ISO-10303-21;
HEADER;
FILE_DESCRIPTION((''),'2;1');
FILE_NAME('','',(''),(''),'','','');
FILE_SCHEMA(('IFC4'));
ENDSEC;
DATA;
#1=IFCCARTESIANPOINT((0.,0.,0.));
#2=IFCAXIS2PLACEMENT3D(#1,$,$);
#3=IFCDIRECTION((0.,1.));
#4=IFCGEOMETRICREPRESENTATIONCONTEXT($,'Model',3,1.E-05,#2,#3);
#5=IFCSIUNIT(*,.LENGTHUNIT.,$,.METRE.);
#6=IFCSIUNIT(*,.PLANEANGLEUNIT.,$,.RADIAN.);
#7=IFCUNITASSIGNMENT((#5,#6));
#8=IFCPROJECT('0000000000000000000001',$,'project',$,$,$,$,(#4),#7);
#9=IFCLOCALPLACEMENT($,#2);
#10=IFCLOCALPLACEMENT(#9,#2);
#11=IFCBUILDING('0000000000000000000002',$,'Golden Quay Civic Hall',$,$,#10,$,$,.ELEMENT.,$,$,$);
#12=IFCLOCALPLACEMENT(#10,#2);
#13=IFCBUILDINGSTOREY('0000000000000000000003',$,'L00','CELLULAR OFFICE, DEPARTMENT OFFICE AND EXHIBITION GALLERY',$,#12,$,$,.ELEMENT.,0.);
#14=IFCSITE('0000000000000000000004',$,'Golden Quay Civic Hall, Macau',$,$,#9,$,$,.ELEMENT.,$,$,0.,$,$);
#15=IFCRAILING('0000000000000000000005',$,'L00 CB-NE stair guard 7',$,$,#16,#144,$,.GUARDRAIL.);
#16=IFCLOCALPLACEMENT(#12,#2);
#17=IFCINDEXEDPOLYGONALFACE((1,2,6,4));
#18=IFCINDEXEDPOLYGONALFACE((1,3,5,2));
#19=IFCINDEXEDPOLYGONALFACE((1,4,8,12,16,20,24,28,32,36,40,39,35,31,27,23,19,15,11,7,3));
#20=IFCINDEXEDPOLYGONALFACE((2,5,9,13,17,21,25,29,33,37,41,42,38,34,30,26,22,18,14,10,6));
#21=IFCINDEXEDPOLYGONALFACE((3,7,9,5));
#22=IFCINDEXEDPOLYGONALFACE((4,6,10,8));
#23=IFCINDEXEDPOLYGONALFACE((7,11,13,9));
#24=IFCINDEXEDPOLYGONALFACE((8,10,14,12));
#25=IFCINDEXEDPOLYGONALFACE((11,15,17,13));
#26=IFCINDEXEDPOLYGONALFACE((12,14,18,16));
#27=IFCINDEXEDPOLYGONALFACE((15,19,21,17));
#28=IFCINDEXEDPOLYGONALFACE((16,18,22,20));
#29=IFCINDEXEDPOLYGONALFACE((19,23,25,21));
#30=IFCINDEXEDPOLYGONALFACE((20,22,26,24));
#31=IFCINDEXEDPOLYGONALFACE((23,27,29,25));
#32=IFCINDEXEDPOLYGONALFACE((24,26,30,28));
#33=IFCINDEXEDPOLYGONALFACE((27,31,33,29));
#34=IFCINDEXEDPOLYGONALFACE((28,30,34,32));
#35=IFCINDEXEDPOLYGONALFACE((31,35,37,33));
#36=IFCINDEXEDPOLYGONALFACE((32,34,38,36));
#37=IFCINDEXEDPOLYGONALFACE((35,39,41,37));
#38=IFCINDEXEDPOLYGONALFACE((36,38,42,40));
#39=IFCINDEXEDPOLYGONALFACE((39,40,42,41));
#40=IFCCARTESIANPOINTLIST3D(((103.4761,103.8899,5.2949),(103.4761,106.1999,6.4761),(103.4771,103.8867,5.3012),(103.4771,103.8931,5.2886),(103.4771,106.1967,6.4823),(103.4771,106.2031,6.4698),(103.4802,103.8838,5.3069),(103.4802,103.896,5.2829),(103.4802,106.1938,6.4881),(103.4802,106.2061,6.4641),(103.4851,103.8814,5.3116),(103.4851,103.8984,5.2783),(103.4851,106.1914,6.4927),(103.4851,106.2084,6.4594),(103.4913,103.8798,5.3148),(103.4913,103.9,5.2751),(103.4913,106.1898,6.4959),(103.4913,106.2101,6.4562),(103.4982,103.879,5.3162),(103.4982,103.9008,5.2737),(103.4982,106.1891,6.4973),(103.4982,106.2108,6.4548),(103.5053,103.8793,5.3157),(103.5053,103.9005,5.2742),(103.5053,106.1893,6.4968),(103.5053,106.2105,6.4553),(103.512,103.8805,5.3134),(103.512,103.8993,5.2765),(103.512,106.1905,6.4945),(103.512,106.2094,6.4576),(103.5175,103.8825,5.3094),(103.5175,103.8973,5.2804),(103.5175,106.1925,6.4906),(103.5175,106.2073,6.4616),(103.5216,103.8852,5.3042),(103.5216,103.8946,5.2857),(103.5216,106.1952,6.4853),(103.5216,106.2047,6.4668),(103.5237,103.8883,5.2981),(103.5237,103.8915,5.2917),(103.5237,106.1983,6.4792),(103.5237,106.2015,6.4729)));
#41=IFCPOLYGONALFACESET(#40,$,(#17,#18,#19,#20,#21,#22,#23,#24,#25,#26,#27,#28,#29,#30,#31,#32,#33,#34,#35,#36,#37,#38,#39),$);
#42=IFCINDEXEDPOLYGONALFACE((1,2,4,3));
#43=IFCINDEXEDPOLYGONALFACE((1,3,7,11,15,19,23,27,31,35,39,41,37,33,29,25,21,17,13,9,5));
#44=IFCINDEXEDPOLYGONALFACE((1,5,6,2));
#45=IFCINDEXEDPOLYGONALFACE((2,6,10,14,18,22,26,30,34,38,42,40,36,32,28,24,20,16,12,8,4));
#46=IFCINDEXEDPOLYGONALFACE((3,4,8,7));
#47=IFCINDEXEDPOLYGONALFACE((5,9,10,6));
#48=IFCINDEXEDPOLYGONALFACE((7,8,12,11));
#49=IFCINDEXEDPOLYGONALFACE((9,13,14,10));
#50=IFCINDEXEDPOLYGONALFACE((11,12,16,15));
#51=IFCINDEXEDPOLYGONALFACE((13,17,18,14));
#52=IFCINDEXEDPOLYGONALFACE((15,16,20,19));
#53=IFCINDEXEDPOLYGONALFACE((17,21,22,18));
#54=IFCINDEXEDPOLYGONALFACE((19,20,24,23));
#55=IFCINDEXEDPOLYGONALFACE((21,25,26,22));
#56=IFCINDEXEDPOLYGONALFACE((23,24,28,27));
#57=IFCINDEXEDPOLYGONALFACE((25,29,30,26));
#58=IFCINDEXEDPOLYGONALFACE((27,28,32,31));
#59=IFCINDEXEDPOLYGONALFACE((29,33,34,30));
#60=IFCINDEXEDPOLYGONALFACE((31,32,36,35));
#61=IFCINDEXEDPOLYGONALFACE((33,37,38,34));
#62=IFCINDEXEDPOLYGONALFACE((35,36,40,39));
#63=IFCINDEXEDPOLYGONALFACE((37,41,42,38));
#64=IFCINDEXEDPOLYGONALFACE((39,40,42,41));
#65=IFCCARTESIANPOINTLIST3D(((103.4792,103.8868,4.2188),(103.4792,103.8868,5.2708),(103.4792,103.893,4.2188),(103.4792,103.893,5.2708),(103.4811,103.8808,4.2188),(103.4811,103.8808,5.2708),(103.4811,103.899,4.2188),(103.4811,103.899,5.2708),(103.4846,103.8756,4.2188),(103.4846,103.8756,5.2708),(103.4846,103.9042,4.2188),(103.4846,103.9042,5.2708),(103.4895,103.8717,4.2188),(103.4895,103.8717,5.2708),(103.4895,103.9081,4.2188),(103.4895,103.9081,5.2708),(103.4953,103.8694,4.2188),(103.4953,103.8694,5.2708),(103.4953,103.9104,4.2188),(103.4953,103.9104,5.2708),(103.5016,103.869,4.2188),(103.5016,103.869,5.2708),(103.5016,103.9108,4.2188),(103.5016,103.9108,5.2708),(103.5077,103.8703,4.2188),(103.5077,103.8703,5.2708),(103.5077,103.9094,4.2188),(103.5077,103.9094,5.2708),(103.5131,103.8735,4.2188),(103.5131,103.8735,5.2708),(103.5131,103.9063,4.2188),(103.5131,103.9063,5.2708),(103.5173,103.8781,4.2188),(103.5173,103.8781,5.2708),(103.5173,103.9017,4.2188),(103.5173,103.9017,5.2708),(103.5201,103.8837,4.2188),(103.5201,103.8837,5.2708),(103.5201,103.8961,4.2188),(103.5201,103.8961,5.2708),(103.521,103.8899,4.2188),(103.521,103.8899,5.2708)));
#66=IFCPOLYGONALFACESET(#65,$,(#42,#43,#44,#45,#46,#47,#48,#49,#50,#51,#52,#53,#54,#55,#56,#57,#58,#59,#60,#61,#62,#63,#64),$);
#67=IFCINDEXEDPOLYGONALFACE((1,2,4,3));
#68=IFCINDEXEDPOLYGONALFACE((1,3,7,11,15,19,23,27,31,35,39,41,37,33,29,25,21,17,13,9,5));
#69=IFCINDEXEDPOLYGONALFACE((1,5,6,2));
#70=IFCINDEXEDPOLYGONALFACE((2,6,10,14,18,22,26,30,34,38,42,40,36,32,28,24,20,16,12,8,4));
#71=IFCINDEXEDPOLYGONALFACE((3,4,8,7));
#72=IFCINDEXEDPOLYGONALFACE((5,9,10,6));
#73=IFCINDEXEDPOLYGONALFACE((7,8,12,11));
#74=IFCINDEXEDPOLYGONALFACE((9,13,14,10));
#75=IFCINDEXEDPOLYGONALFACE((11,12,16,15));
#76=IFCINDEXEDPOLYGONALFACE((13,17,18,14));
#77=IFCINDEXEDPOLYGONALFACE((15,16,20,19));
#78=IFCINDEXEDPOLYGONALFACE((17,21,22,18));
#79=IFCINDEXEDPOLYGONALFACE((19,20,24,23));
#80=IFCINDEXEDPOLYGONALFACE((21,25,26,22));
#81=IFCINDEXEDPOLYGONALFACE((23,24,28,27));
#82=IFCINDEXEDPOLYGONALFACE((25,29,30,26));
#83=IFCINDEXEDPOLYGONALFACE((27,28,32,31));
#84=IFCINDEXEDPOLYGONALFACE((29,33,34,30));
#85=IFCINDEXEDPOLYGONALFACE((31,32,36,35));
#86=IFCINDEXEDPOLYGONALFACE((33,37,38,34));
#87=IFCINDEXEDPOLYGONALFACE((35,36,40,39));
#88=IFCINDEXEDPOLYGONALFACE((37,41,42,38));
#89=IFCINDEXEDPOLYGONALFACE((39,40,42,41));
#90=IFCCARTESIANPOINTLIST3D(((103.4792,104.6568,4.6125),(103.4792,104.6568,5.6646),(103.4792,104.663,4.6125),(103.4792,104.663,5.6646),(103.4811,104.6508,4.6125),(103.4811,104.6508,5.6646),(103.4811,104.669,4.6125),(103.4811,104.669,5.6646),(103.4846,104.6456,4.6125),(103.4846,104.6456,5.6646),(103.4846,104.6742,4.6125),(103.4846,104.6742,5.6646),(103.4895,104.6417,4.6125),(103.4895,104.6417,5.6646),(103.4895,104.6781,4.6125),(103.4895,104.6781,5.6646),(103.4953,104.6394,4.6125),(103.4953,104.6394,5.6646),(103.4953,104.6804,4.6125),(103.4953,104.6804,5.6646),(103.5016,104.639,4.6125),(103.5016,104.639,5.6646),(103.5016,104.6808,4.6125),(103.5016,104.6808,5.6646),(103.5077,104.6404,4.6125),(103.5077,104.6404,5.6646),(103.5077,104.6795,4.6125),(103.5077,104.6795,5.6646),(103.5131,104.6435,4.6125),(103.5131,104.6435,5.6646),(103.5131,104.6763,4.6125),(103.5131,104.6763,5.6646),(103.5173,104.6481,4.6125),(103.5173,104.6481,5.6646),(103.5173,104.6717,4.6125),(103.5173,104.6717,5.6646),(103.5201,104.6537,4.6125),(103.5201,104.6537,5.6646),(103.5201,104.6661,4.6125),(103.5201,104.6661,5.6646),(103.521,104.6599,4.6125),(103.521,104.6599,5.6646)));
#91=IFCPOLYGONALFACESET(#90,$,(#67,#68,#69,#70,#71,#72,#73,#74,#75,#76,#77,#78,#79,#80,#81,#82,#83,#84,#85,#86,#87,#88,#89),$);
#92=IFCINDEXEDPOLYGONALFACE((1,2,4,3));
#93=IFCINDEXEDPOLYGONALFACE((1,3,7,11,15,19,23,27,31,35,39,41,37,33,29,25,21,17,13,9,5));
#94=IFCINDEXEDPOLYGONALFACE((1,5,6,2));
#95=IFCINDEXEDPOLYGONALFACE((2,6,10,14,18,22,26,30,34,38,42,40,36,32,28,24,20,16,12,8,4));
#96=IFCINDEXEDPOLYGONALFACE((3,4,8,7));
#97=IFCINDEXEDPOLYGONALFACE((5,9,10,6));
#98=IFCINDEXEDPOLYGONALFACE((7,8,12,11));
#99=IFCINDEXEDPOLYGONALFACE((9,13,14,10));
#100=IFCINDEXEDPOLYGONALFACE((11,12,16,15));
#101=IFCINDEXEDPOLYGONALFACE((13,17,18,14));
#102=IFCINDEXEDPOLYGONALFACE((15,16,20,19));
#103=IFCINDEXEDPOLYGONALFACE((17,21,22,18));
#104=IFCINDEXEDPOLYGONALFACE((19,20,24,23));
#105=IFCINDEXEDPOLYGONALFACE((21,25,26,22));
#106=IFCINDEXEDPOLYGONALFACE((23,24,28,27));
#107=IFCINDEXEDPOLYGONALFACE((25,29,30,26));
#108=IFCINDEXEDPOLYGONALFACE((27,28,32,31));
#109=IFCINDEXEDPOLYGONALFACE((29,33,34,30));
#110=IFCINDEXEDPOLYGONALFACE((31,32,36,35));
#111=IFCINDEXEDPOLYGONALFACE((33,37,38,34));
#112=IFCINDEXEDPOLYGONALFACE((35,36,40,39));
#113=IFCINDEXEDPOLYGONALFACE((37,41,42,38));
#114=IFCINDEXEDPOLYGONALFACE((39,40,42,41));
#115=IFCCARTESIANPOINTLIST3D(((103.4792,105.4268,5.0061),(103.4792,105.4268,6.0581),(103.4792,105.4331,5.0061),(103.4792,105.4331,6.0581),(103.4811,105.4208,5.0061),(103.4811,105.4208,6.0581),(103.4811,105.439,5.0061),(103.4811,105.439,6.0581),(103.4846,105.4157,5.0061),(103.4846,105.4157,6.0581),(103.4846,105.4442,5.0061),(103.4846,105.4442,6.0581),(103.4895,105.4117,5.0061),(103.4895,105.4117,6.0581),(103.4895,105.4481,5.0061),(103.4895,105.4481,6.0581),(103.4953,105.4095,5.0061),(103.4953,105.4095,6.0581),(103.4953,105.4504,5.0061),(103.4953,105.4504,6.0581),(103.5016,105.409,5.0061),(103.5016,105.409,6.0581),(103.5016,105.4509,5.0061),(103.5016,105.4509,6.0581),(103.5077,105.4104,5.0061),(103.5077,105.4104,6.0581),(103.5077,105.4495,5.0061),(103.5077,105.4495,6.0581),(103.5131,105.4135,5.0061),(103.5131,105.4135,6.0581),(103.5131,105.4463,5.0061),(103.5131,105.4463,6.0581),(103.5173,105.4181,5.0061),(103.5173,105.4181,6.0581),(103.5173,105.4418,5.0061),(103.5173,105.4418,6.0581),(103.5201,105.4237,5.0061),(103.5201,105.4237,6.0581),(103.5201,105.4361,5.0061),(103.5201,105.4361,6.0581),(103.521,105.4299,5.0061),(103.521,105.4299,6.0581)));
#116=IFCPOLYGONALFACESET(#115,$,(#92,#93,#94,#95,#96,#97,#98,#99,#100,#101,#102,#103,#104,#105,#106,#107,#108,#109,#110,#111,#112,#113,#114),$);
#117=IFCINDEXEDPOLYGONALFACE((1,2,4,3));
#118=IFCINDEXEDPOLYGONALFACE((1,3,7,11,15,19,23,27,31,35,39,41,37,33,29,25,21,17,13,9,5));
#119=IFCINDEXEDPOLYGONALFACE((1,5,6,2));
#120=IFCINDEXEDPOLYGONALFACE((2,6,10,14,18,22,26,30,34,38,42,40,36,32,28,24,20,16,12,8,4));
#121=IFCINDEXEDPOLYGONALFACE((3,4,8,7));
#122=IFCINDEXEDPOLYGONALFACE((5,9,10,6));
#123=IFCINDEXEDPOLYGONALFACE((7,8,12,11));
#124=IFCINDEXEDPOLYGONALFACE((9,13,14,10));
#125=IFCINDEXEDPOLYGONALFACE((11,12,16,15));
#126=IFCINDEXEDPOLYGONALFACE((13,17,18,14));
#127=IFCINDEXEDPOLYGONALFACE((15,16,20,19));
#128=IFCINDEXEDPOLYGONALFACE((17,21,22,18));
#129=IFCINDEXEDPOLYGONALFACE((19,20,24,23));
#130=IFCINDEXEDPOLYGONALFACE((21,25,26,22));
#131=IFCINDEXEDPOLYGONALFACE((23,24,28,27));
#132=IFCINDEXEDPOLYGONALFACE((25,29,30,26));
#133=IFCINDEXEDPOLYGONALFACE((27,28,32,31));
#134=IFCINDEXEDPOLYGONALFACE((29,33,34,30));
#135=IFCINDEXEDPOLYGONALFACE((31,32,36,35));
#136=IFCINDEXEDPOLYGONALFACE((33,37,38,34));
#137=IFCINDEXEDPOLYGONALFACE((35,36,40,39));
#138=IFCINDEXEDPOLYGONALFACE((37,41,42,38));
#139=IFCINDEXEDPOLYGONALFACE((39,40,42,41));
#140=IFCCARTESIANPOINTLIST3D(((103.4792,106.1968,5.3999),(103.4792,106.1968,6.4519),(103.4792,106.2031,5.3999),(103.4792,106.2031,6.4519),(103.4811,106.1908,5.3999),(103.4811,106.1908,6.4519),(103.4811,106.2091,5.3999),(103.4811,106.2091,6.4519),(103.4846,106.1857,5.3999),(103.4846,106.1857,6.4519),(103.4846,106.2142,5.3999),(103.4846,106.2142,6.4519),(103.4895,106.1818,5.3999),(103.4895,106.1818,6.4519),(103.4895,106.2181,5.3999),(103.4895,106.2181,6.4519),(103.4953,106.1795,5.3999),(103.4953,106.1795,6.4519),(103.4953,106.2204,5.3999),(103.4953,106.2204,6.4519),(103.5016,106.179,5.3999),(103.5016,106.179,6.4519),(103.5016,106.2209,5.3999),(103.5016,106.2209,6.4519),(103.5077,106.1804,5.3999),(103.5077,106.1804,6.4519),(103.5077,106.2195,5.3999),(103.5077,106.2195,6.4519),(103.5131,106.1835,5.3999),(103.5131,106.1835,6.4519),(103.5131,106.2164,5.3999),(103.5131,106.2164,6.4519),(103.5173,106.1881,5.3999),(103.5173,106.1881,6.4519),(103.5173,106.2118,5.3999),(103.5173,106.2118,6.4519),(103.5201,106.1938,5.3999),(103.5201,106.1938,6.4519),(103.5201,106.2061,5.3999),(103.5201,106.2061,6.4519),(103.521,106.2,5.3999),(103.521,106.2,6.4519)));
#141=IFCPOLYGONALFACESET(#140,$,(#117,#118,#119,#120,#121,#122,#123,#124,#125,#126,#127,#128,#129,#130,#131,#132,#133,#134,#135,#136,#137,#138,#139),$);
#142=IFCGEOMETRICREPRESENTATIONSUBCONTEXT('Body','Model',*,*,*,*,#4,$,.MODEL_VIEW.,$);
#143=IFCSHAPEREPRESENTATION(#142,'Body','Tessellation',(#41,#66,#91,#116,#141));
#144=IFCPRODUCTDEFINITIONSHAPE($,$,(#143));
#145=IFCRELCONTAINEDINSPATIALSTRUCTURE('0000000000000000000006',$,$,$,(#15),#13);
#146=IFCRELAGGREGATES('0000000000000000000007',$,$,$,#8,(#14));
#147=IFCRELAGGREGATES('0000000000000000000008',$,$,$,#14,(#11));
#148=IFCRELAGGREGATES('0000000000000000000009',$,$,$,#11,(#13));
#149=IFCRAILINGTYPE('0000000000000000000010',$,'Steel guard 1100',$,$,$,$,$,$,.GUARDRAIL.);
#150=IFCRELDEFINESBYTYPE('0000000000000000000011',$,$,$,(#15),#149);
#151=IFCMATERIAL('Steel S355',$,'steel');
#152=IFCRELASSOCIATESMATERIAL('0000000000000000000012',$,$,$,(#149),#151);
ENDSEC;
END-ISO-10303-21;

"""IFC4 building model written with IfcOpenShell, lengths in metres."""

from ifc_helpers import new_model, si_unit, direction, frame, origin, origin_2d, place, context, subcontext, project, spatial, circle, extrude, material, type_object, element, save


model = new_model("IFC4")

# Units and contexts
model_context = context("Model", 3, precision=1e-05, world=origin(), true_north=direction((0.0, 1.0)))
body_context = subcontext(model_context, "Body", "Model", "MODEL_VIEW")
ifc_project = project(units=[si_unit("LENGTHUNIT", "METRE"), si_unit("PLANEANGLEUNIT", "RADIAN")], contexts=[model_context])

# Site, building, storey
site_placement = place(None, origin())
site = spatial("IfcSite", under=ifc_project, at=site_placement, Name="Golden Quay Civic Hall, Macau", CompositionType="ELEMENT", RefElevation=0.0)
building_placement = place(site_placement, origin())
building = spatial("IfcBuilding", under=site, at=building_placement, Name="Golden Quay Civic Hall", CompositionType="ELEMENT")
storey_placement = place(building_placement, origin())
storey = spatial("IfcBuildingStorey", under=building, at=storey_placement, Name="L00", Description="CELLULAR OFFICE, DEPARTMENT OFFICE AND EXHIBITION GALLERY", CompositionType="ELEMENT", Elevation=0.0)

# Railing
ifc_material_1 = material(Name="Steel S355", Category="steel")
railing_type_1 = type_object("IfcRailingType", Name="Steel guard 1100", PredefinedType="GUARDRAIL", material=ifc_material_1)
railing_1_placement = place(storey_placement, frame((103.5, 103.8899, 4.2188)))
element("IfcRailing", 1, at=railing_1_placement, inside=storey, type_object=railing_type_1, Name="L00 CB-NE stair guard 7", PredefinedType="GUARDRAIL", context=body_context, shape_type="SweptSolid", body=[
    extrude(circle(Radius=0.0239, at=origin_2d()), frame((0.0, 0.0, 1.0762), z_axis=(0.0, 0.890363, 0.45525), x_axis=(-1.0, 0.0, 0.0)), (0.0, 0.0, 1.0), 2.5945),
    extrude(circle(Radius=0.021, at=origin_2d()), origin(), (0.0, 0.0, 1.0), 1.052),
    extrude(circle(Radius=0.021, at=origin_2d()), frame((0.0, 0.77, 0.3938)), (0.0, 0.0, 1.0), 1.052),
    extrude(circle(Radius=0.021, at=origin_2d()), frame((0.0, 1.54, 0.7874)), (0.0, 0.0, 1.0), 1.052),
    extrude(circle(Radius=0.021, at=origin_2d()), frame((0.0, 2.3101, 1.1812)), (0.0, 0.0, 1.0), 1.052),
])

save(model, "model.ifc")
